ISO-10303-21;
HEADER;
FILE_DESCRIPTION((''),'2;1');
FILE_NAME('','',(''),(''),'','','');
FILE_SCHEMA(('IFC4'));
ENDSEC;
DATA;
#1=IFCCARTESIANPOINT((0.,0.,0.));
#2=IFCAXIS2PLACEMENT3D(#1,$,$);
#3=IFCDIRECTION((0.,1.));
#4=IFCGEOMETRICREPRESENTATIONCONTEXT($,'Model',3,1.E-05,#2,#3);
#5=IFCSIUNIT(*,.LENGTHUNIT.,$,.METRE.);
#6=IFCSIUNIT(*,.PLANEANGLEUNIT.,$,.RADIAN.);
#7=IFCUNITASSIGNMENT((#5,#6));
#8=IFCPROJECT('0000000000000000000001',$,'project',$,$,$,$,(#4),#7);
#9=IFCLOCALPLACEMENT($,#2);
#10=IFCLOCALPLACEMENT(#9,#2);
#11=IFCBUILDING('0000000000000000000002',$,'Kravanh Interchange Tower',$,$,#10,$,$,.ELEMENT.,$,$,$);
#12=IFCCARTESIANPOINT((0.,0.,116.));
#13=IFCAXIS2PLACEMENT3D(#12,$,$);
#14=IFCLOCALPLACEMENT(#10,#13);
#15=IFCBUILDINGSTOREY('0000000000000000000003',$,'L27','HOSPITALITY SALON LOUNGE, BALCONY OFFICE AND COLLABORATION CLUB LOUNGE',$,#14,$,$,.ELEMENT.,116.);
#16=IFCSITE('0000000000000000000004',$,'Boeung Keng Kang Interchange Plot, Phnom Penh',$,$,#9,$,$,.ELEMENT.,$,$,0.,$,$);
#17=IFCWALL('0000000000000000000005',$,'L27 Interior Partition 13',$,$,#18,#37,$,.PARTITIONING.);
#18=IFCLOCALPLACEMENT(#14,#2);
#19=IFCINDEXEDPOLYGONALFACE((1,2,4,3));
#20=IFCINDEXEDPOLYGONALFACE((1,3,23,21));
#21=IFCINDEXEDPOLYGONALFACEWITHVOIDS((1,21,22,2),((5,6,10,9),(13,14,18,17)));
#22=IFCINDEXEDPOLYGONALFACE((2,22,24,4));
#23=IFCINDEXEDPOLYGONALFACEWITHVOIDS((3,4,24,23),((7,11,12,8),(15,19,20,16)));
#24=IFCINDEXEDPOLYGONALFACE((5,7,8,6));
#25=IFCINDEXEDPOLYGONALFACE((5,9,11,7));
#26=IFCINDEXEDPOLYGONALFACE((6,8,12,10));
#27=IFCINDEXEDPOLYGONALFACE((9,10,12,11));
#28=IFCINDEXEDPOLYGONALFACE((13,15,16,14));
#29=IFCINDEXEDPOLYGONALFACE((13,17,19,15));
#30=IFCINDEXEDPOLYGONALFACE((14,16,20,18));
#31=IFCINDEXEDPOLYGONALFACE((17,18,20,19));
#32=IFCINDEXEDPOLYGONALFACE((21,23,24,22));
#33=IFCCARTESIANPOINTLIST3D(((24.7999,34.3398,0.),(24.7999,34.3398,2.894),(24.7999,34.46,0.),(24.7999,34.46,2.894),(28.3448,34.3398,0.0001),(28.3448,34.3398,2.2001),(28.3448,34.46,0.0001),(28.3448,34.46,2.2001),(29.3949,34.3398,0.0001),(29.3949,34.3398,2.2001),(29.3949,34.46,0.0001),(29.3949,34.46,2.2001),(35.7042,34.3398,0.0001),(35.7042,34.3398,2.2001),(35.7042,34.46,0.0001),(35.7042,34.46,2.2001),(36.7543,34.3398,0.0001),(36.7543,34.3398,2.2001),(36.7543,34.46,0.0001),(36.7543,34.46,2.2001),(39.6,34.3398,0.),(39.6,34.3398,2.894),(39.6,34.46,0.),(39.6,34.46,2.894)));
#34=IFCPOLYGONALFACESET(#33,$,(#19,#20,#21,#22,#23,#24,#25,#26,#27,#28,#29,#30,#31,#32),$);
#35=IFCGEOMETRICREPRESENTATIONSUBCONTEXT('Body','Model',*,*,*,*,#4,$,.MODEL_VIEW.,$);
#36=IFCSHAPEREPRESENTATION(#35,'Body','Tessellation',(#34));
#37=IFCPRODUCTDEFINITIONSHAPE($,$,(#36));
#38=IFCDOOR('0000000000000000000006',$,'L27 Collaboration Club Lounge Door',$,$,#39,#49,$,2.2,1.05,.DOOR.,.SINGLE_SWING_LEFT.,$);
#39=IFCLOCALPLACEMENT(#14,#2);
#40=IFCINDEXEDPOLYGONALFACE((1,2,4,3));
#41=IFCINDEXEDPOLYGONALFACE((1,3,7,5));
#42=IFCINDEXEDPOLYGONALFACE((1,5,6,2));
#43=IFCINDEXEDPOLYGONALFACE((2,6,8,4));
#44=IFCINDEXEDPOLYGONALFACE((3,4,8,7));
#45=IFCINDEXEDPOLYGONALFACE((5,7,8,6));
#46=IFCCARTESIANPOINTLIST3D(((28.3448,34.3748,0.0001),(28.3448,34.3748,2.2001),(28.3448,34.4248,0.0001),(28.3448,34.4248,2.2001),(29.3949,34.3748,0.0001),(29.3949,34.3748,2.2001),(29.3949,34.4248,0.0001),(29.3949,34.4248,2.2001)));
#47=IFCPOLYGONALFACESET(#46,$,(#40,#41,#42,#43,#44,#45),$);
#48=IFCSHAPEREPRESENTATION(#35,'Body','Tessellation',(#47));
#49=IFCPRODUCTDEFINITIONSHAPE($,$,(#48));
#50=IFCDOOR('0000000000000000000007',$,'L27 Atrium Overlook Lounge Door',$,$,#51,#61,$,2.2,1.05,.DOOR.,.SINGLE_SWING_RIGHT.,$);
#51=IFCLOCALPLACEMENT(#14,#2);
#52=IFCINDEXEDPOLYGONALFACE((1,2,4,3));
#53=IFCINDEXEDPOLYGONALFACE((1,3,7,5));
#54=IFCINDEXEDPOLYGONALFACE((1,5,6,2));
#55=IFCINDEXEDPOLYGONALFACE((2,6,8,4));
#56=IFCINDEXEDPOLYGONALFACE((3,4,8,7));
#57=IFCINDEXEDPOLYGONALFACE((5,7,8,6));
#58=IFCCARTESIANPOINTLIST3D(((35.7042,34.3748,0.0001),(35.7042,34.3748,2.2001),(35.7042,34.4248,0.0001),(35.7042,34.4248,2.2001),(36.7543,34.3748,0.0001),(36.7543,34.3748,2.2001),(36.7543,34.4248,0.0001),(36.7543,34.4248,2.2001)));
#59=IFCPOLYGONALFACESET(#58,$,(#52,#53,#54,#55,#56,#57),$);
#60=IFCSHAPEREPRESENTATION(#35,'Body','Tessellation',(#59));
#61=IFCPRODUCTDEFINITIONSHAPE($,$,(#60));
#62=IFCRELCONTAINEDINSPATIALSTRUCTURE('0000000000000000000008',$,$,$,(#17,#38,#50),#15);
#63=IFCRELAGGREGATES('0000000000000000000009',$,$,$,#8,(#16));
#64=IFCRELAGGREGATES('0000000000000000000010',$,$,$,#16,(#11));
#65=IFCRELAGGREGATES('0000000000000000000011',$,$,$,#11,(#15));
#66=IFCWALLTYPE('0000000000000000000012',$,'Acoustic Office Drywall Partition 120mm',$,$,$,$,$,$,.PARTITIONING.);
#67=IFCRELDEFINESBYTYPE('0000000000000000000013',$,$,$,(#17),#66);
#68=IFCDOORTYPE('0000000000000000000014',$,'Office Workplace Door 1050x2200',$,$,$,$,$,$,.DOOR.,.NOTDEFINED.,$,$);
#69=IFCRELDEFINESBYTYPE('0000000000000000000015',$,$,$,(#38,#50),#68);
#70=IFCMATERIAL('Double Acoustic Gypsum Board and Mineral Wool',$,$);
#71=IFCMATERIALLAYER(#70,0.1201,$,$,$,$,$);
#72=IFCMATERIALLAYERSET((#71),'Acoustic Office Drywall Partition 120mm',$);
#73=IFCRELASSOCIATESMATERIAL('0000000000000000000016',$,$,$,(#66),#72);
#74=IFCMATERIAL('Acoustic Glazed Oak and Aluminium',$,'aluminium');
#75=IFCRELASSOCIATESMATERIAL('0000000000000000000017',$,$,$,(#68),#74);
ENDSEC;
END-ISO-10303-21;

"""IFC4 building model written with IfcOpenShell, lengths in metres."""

from ifc_helpers import new_model, si_unit, direction, frame, frame_2d, origin, place, context, subcontext, project, spatial, rectangle, extrude, material, layer, layer_set, type_object, element, fill, save


model = new_model("IFC4")

# Units and contexts
model_context = context("Model", 3, precision=1e-05, world=origin(), true_north=direction((0.0, 1.0)))
body_context = subcontext(model_context, "Body", "Model", "MODEL_VIEW")
ifc_project = project(units=[si_unit("LENGTHUNIT", "METRE"), si_unit("PLANEANGLEUNIT", "RADIAN")], contexts=[model_context])

# Site, building, storey
site_placement = place(None, origin())
site = spatial("IfcSite", under=ifc_project, at=site_placement, Name="Boeung Keng Kang Interchange Plot, Phnom Penh", CompositionType="ELEMENT", RefElevation=0.0)
building_placement = place(site_placement, origin())
building = spatial("IfcBuilding", under=site, at=building_placement, Name="Kravanh Interchange Tower", CompositionType="ELEMENT")
storey_placement = place(building_placement, frame((0.0, 0.0, 116.0)))
storey = spatial("IfcBuildingStorey", under=building, at=storey_placement, Name="L27", Description="HOSPITALITY SALON LOUNGE, BALCONY OFFICE AND COLLABORATION CLUB LOUNGE", CompositionType="ELEMENT", Elevation=116.0)

# Wall, openings, doors
ifc_material_1 = material(Name="Double Acoustic Gypsum Board and Mineral Wool")
ifc_layer = layer(ifc_material_1, 0.1201)
ifc_layer_set = layer_set([ifc_layer], Name="Acoustic Office Drywall Partition 120mm")
wall_type = type_object("IfcWallType", Name="Acoustic Office Drywall Partition 120mm", PredefinedType="PARTITIONING", material=ifc_layer_set)
wall_placement = place(storey_placement, frame((24.8, 34.3999, 0.0), z_axis=(0.0, 0.0, 1.0), x_axis=(1.0, 0.0, 0.0)))
wall = element("IfcWall", 1, at=wall_placement, inside=storey, type_object=wall_type, Name="L27 Interior Partition 13", PredefinedType="PARTITIONING", context=body_context, shape_type="SweptSolid", body=[
    extrude(rectangle(XDim=14.8, YDim=0.1201, at=frame_2d((7.3999, 0.0))), origin(), (0.0, 0.0, 1.0), 2.894),
])
opening_1_placement = place(wall_placement, frame((3.5449, 0.0, 0.0)))
opening_1 = element("IfcOpeningElement", 2, at=opening_1_placement, cuts=wall, PredefinedType="OPENING", context=body_context, shape_type="SweptSolid", body=[
    extrude(rectangle(XDim=1.05, YDim=2.2, at=frame_2d((0.5249, 1.1001))), frame((0.0, 0.0701, 0.0), z_axis=(0.0, -1.0, 0.0), x_axis=(1.0, 0.0, 0.0)), (0.0, 0.0, 1.0), 0.1401),
])
opening_2_placement = place(wall_placement, frame((10.9043, 0.0, 0.0)))
opening_2 = element("IfcOpeningElement", 3, at=opening_2_placement, cuts=wall, PredefinedType="OPENING", context=body_context, shape_type="SweptSolid", body=[
    extrude(rectangle(XDim=1.05, YDim=2.2, at=frame_2d((0.5249, 1.1001))), frame((0.0, 0.0701, 0.0), z_axis=(0.0, -1.0, 0.0), x_axis=(1.0, 0.0, 0.0)), (0.0, 0.0, 1.0), 0.1401),
])
ifc_material_2 = material(Name="Acoustic Glazed Oak and Aluminium", Category="aluminium")
door_type = type_object("IfcDoorType", Name="Office Workplace Door 1050x2200", OperationType="NOTDEFINED", PredefinedType="DOOR", material=ifc_material_2)
door_1_placement = place(opening_1_placement, origin())
door_1 = element("IfcDoor", 4, at=door_1_placement, inside=storey, type_object=door_type, Name="L27 Collaboration Club Lounge Door", OperationType="SINGLE_SWING_LEFT", OverallHeight=2.2, OverallWidth=1.05, PredefinedType="DOOR", context=body_context, shape_type="SweptSolid", body=[
    extrude(rectangle(XDim=1.05, YDim=2.2, at=frame_2d((0.5249, 1.1001))), frame((0.0, 0.0249, 0.0), z_axis=(0.0, -1.0, 0.0), x_axis=(1.0, 0.0, 0.0)), (0.0, 0.0, 1.0), 0.05),
])
fill(opening_1, door_1)
door_2_placement = place(opening_2_placement, origin())
door_2 = element("IfcDoor", 5, at=door_2_placement, inside=storey, type_object=door_type, Name="L27 Atrium Overlook Lounge Door", OperationType="SINGLE_SWING_RIGHT", OverallHeight=2.2, OverallWidth=1.05, PredefinedType="DOOR", context=body_context, shape_type="SweptSolid", body=[
    extrude(rectangle(XDim=1.05, YDim=2.2, at=frame_2d((0.5249, 1.1001))), frame((0.0, 0.0249, 0.0), z_axis=(0.0, -1.0, 0.0), x_axis=(1.0, 0.0, 0.0)), (0.0, 0.0, 1.0), 0.05),
])
fill(opening_2, door_2)

save(model, "model.ifc")
